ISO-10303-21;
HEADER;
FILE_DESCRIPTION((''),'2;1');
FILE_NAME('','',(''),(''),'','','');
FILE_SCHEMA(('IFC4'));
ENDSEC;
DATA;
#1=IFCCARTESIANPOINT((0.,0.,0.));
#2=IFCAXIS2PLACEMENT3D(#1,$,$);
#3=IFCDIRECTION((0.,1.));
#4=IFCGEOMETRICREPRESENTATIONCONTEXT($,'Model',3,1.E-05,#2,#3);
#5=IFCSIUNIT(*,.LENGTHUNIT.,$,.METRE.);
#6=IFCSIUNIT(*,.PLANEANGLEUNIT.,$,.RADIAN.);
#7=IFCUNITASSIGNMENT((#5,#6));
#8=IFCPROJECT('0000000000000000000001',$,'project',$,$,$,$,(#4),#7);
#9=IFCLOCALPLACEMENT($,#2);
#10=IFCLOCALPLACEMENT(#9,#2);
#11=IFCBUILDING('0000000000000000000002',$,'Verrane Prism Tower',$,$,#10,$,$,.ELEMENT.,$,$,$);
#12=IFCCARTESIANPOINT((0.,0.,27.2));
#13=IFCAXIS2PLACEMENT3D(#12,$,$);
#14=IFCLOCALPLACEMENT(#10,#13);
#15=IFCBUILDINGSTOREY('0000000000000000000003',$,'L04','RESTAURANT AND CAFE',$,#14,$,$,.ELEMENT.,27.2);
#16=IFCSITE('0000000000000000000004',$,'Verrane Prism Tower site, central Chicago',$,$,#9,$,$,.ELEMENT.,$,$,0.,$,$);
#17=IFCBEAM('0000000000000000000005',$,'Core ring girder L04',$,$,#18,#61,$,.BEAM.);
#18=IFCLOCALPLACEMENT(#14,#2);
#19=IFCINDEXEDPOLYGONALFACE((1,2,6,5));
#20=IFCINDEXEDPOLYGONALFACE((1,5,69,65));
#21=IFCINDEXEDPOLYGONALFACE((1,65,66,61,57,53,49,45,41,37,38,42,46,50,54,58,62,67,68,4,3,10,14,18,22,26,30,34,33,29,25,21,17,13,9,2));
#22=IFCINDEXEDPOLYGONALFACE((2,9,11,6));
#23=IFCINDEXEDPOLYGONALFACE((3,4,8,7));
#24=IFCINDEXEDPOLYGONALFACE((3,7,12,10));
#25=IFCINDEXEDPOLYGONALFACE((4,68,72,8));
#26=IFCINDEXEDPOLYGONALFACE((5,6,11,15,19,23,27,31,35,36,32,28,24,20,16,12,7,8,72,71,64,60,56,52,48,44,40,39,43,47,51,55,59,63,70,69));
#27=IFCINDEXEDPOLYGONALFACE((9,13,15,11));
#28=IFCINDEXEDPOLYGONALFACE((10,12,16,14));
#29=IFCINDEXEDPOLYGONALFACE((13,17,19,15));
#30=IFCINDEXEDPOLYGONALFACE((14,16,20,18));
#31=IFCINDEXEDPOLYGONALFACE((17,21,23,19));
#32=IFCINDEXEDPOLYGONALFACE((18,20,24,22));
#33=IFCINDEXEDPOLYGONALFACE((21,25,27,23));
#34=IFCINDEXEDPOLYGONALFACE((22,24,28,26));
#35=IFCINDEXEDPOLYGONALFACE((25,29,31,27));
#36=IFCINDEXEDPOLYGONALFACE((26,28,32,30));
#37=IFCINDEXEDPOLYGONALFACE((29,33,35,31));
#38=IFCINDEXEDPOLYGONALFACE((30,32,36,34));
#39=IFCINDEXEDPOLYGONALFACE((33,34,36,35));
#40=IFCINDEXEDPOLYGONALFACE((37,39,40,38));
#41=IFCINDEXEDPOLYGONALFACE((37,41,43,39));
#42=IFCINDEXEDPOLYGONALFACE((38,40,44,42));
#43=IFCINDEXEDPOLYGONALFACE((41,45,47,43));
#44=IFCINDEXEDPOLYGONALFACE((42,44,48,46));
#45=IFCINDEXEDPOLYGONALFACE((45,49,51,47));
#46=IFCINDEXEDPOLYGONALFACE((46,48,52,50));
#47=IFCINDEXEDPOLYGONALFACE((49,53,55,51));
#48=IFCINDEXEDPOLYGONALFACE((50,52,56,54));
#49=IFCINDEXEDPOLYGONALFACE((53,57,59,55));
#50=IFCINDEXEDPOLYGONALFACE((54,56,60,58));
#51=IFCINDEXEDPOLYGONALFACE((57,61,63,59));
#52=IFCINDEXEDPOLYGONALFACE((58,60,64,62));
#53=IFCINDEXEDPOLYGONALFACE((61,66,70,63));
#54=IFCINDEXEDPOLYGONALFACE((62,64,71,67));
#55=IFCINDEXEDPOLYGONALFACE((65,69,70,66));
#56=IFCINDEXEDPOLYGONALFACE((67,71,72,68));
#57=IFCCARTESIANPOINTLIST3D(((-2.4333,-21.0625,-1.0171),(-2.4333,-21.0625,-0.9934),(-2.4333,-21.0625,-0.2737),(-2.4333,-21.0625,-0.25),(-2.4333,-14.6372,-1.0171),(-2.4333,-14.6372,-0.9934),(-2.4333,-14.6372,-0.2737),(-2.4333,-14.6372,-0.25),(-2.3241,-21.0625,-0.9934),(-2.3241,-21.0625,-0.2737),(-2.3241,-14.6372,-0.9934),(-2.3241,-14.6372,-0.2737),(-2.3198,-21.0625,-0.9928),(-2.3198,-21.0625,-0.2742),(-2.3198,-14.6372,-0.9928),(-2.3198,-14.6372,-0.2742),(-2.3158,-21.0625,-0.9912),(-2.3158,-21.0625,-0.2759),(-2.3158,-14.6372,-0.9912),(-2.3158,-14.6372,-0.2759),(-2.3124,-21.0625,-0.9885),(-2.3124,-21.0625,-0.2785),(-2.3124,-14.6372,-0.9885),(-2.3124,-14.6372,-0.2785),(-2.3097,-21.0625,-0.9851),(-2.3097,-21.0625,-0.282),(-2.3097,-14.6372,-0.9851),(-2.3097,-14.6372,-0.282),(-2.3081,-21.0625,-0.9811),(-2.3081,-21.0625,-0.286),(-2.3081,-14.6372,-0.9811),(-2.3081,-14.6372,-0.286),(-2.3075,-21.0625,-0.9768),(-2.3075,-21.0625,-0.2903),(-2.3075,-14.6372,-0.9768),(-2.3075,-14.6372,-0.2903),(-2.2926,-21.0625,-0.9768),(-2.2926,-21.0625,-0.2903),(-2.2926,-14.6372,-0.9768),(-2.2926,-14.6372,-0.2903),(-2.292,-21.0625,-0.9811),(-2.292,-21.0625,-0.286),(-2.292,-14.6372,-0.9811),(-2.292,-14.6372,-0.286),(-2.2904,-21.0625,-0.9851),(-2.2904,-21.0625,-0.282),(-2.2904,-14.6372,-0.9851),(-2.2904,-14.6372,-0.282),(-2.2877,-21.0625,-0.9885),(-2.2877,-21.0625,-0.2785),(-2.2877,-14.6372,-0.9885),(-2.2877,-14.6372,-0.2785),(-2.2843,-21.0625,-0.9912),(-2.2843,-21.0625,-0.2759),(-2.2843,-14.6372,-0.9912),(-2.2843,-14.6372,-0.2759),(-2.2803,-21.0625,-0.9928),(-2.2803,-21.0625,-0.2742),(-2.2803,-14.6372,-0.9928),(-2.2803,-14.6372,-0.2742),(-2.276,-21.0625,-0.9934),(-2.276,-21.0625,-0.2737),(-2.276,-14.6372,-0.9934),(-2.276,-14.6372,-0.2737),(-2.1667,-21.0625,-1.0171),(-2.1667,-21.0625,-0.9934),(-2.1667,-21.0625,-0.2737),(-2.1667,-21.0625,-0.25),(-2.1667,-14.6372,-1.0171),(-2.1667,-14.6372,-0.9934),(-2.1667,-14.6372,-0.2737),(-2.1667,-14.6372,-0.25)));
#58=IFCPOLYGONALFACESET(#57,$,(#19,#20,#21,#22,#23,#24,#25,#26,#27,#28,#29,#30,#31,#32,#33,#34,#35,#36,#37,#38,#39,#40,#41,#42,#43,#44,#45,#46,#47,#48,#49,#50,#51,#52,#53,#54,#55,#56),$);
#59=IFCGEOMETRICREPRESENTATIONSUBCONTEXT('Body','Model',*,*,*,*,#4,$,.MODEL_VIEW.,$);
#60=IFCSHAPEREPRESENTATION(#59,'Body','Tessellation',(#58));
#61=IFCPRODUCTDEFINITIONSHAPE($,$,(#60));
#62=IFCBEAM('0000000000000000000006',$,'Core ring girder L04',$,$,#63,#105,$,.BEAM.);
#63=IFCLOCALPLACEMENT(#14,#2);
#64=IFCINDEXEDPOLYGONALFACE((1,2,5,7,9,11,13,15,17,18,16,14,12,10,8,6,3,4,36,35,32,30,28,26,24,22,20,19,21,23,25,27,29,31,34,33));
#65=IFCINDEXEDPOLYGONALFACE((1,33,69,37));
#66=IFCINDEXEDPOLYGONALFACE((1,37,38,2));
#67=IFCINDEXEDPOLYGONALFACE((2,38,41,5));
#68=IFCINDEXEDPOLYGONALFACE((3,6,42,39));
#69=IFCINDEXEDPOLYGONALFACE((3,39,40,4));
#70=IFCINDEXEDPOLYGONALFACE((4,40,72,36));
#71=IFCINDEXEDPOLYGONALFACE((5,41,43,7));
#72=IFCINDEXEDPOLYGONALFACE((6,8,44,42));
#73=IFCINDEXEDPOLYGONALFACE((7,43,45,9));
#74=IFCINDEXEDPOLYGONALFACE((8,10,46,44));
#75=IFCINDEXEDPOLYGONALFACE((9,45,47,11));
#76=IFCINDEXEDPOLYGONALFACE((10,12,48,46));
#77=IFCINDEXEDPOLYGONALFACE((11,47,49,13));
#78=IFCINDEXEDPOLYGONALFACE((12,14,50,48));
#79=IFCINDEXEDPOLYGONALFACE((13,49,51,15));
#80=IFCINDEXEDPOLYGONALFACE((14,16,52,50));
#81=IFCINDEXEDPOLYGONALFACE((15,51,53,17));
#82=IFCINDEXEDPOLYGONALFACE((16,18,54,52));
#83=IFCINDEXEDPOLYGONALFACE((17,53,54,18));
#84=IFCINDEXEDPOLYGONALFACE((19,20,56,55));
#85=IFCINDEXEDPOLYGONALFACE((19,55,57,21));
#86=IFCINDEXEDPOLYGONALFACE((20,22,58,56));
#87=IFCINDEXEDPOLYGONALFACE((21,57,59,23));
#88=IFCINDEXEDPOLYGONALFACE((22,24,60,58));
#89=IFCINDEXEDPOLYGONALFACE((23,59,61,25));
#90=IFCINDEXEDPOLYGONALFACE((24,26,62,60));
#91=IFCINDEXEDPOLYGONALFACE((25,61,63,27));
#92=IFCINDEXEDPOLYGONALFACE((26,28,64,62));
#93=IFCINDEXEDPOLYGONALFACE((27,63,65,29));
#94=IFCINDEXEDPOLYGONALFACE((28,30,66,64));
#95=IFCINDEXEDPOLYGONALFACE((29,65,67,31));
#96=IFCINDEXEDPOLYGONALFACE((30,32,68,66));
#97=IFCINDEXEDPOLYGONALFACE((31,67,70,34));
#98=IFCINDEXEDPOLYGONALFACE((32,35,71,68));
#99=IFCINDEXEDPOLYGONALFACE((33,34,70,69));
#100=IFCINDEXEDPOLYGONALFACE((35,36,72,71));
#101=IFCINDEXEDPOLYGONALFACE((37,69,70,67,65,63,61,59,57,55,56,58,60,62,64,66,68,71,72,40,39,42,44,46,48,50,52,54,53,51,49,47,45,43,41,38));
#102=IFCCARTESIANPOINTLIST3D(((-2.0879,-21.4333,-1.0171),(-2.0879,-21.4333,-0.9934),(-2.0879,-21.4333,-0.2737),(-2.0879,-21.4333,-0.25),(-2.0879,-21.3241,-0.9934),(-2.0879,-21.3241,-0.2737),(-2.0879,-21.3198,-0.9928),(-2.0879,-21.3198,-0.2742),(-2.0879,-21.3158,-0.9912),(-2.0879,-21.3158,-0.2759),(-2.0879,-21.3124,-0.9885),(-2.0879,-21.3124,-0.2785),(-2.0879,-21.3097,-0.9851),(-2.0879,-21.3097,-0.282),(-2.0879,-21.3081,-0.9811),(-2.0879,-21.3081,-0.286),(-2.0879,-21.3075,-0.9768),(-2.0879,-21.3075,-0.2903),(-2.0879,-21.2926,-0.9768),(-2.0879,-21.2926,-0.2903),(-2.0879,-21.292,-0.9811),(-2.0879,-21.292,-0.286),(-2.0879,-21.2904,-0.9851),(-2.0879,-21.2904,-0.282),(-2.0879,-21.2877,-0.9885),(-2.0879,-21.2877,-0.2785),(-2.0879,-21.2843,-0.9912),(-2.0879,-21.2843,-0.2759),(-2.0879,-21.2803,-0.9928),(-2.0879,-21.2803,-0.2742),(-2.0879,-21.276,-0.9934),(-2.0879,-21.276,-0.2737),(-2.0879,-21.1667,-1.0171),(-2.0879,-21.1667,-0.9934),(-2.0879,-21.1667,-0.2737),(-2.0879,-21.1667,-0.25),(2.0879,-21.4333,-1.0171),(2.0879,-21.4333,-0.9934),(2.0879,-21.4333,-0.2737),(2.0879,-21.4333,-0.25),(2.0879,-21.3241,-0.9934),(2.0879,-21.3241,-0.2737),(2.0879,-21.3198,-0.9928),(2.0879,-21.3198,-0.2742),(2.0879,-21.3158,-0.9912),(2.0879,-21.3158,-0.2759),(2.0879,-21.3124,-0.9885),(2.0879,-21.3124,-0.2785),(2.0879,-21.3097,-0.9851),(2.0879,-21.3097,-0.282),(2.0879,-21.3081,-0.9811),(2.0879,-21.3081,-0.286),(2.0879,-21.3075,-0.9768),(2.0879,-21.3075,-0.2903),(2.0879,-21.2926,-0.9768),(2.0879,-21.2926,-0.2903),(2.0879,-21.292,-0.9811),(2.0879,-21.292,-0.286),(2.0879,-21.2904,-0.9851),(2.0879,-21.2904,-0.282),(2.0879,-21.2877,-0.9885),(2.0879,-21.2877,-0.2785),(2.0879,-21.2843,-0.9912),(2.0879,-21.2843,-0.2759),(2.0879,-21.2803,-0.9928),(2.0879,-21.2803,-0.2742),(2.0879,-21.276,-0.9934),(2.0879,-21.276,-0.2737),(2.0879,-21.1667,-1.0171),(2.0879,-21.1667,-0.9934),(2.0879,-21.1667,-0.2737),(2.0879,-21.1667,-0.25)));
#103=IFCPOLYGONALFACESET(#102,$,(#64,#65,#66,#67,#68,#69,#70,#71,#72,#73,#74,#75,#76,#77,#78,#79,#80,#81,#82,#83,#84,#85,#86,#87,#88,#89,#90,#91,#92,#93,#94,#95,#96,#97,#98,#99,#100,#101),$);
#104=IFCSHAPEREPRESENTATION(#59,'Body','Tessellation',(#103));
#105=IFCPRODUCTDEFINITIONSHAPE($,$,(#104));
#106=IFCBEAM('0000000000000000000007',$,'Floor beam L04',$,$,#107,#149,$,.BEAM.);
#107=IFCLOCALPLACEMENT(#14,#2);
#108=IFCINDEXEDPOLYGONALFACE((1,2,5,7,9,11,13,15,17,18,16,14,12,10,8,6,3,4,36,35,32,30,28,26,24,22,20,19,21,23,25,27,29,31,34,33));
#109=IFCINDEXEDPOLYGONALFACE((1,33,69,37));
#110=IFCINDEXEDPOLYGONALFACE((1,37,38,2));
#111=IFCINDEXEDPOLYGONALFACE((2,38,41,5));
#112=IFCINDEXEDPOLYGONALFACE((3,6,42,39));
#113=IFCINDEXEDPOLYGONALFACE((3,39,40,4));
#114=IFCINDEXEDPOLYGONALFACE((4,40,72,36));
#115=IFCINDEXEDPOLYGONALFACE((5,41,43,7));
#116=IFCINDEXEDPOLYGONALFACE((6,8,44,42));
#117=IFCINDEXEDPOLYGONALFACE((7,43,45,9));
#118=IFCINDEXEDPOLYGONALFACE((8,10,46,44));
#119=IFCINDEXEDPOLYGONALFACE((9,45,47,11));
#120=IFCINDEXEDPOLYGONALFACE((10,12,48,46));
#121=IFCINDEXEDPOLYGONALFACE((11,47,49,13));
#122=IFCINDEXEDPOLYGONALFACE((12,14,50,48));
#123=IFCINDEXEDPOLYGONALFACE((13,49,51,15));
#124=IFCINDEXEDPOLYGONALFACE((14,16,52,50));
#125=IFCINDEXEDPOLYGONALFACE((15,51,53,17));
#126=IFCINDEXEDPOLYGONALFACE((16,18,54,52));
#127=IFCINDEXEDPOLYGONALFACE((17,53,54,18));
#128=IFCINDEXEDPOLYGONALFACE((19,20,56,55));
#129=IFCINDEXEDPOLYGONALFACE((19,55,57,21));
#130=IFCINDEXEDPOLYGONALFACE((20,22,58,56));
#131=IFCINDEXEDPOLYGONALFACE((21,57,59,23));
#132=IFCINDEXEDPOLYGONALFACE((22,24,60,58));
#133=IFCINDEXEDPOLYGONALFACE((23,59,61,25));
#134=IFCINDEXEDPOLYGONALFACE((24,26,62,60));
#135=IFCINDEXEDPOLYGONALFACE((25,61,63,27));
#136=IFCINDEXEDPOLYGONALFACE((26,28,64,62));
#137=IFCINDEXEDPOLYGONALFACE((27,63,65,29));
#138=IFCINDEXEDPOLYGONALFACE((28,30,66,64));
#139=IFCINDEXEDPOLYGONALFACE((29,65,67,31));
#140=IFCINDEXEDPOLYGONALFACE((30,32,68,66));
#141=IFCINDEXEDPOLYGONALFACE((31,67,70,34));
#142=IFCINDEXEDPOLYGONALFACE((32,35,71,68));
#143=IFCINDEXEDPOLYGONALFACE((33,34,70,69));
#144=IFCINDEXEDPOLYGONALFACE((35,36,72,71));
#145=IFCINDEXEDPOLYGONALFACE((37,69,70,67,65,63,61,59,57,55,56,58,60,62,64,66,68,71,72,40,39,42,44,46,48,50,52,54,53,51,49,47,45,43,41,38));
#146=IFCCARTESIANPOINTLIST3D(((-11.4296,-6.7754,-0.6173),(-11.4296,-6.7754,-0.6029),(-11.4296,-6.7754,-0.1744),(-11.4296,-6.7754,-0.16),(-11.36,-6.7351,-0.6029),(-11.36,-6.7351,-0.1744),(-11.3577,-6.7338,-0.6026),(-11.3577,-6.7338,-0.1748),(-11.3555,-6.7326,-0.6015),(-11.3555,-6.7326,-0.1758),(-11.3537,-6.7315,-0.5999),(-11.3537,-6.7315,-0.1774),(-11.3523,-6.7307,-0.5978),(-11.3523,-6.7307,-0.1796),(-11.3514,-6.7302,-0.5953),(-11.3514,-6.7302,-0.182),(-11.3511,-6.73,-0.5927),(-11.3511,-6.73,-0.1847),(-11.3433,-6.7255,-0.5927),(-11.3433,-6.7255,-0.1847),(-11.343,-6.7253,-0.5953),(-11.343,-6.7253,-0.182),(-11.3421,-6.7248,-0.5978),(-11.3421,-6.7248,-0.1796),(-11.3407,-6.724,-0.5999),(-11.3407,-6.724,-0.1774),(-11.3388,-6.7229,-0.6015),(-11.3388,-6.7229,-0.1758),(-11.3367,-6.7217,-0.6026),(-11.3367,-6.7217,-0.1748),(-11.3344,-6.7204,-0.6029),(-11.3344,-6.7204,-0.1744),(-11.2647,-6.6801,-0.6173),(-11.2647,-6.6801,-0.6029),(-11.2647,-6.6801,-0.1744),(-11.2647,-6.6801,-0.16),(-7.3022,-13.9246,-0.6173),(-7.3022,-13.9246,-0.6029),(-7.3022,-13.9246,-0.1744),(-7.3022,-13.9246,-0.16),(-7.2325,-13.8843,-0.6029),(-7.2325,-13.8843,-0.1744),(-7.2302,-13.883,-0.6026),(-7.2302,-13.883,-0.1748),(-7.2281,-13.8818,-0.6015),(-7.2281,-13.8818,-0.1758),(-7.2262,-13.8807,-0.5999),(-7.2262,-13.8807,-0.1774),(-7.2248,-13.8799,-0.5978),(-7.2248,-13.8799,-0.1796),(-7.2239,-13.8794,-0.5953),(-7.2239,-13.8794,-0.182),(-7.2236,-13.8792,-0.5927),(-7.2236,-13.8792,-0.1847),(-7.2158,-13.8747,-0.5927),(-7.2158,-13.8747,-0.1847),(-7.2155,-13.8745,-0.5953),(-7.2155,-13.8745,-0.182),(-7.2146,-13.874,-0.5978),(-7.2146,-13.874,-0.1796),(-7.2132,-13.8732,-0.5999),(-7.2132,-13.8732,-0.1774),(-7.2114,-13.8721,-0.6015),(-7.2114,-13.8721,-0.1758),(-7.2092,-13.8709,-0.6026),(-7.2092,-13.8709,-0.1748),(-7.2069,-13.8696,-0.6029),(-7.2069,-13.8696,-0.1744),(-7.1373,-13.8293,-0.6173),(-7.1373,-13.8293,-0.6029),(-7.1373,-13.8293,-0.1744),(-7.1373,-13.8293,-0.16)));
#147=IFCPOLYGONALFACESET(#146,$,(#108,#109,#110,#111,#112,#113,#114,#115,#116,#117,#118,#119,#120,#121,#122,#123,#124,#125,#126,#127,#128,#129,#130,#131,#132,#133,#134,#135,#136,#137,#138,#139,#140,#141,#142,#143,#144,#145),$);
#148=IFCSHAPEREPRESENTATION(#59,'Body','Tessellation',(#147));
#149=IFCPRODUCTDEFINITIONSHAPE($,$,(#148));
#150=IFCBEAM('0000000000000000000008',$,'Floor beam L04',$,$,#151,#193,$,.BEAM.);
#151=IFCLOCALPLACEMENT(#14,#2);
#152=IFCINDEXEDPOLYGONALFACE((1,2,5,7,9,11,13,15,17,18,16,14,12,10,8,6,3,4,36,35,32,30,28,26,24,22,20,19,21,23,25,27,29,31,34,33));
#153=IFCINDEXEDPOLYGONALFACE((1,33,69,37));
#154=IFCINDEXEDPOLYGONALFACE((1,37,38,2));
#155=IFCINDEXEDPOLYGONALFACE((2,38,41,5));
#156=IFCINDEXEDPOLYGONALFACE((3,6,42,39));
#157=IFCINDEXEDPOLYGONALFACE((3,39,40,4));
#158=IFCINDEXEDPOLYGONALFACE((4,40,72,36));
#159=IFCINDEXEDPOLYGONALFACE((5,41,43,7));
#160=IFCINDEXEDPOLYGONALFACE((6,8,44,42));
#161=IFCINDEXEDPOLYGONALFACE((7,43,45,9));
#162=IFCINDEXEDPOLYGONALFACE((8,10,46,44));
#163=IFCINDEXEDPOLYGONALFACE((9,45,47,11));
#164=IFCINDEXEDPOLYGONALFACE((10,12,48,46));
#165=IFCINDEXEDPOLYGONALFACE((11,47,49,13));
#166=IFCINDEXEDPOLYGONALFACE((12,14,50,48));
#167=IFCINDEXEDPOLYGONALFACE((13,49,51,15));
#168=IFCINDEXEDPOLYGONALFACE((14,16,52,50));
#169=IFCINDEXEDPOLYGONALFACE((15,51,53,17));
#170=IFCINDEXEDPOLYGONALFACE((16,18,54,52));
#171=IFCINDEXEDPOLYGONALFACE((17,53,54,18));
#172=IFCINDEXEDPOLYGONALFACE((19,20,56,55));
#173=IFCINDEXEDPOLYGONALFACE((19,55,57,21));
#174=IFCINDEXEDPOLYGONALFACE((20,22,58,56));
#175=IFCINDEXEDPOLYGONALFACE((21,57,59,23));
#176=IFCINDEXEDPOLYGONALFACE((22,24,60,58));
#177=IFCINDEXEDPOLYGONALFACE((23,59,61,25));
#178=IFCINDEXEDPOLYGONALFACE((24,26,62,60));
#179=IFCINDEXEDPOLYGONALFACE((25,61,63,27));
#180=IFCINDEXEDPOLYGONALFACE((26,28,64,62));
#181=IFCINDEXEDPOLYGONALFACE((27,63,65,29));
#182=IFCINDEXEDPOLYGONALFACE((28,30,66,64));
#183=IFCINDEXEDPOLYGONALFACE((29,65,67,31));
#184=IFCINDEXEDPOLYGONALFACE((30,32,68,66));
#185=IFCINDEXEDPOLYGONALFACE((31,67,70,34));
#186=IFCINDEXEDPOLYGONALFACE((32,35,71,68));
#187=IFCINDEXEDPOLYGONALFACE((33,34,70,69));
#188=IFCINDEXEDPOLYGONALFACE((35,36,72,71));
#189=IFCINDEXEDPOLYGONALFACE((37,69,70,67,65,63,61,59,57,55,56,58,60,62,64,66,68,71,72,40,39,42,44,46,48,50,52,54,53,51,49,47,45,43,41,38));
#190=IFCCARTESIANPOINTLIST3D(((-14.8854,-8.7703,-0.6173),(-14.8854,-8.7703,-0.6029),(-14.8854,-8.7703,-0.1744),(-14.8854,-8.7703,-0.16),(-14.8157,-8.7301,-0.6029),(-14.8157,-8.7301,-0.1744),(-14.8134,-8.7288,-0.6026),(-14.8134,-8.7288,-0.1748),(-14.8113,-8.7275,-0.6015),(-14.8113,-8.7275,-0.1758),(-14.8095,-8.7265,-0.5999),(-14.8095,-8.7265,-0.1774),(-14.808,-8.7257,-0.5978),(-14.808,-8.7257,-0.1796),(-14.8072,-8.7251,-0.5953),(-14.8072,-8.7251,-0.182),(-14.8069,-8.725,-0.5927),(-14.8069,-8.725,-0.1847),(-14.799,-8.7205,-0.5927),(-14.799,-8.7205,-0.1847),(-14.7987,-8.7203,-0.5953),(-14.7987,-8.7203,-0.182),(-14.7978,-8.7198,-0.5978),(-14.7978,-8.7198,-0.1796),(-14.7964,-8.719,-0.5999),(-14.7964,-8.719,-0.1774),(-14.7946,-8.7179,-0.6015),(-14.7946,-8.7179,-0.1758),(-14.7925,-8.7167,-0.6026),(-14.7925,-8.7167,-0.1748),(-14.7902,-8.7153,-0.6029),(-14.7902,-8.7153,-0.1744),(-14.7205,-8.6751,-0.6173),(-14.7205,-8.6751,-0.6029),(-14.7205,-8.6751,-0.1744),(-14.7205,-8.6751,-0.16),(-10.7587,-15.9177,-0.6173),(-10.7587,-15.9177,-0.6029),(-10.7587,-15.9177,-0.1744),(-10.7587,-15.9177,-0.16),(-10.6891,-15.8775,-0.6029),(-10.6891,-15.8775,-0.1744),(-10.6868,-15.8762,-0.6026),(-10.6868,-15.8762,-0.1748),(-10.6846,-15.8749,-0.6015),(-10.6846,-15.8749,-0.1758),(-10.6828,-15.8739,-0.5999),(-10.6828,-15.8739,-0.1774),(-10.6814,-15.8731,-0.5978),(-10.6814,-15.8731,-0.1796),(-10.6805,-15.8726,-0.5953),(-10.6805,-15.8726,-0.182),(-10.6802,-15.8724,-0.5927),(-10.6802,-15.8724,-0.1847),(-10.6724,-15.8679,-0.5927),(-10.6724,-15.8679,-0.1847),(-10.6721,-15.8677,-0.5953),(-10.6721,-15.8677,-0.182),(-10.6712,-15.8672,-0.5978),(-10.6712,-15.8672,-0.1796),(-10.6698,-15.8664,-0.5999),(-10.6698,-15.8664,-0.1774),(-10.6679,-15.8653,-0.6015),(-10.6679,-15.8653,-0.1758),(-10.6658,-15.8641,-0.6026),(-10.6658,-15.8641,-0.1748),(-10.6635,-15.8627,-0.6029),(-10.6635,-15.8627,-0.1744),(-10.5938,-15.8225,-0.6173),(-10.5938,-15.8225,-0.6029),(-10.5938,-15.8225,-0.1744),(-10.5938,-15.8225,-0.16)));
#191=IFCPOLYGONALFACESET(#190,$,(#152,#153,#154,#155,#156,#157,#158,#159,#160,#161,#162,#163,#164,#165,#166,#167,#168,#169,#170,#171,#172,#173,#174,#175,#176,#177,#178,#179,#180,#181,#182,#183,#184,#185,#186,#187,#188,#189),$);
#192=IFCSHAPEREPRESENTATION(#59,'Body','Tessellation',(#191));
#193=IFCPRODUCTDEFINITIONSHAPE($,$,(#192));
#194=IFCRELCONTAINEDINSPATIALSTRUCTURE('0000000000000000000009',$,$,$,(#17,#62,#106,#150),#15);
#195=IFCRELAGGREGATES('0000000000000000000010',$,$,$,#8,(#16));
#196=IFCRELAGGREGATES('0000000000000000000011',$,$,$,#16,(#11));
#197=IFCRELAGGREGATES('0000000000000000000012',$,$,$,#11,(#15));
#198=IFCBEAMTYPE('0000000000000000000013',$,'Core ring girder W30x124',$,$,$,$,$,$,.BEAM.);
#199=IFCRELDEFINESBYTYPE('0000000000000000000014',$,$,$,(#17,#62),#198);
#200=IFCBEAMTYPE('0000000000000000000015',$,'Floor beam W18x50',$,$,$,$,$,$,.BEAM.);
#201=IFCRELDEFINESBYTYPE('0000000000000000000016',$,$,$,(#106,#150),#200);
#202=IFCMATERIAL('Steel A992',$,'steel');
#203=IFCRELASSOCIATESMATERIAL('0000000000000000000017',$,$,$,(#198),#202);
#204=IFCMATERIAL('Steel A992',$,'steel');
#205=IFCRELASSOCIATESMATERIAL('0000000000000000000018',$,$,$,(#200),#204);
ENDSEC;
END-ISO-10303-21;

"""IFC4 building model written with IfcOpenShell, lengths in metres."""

from ifc_helpers import new_model, si_unit, direction, frame, origin, origin_2d, place, context, subcontext, project, spatial, i_section, extrude, material, material_profile, profile_set, type_object, element, save


model = new_model("IFC4")

# Units and contexts
model_context = context("Model", 3, precision=1e-05, world=origin(), true_north=direction((0.0, 1.0)))
body_context = subcontext(model_context, "Body", "Model", "MODEL_VIEW")
ifc_project = project(units=[si_unit("LENGTHUNIT", "METRE"), si_unit("PLANEANGLEUNIT", "RADIAN")], contexts=[model_context])

# Site, building, storey
site_placement = place(None, origin())
site = spatial("IfcSite", under=ifc_project, at=site_placement, Name="Verrane Prism Tower site, central Chicago", CompositionType="ELEMENT", RefElevation=0.0)
building_placement = place(site_placement, origin())
building = spatial("IfcBuilding", under=site, at=building_placement, Name="Verrane Prism Tower", CompositionType="ELEMENT")
storey_placement = place(building_placement, frame((0.0, 0.0, 27.2)))
storey = spatial("IfcBuildingStorey", under=building, at=storey_placement, Name="L04", Description="RESTAURANT AND CAFE", CompositionType="ELEMENT", Elevation=27.2)

# Beams
ifc_material_1 = material(Name="Steel A992", Category="steel")
ifc_material_profile_1 = material_profile(ifc_material_1, i_section(OverallWidth=0.2666, OverallDepth=0.7671, WebThickness=0.0149, FlangeThickness=0.0237, FilletRadius=0.0166, at=origin_2d()), Name="W30x124")
ifc_profile_set_1 = profile_set([ifc_material_profile_1], Name="Steel A992")
beam_type_1 = type_object("IfcBeamType", Name="Core ring girder W30x124", PredefinedType="BEAM", material=ifc_profile_set_1)
beam_1_placement = place(storey_placement, frame((-2.3, -14.6372, -0.6335), z_axis=(0.0, -1.0, 0.0), x_axis=(1.0, 0.0, 0.0)))
element("IfcBeam", 1, at=beam_1_placement, inside=storey, type_object=beam_type_1, Name="Core ring girder L04", PredefinedType="BEAM", context=body_context, shape_type="SweptSolid", body=[
    extrude(i_section(OverallWidth=0.2666, OverallDepth=0.7671, WebThickness=0.0149, FlangeThickness=0.0237, FilletRadius=0.0166, at=origin_2d()), origin(), (0.0, 0.0, 1.0), 6.4253),
])
beam_2_placement = place(storey_placement, frame((-2.0879, -21.3, -0.6335), z_axis=(1.0, 0.0, 0.0), x_axis=(0.0, 1.0, 0.0)))
element("IfcBeam", 2, at=beam_2_placement, inside=storey, type_object=beam_type_1, Name="Core ring girder L04", PredefinedType="BEAM", context=body_context, shape_type="SweptSolid", body=[
    extrude(i_section(OverallWidth=0.2666, OverallDepth=0.7671, WebThickness=0.0149, FlangeThickness=0.0237, FilletRadius=0.0166, at=origin_2d()), origin(), (0.0, 0.0, 1.0), 4.1758),
])
ifc_material_2 = material(Name="Steel A992", Category="steel")
ifc_material_profile_2 = material_profile(ifc_material_2, i_section(OverallWidth=0.1904, OverallDepth=0.4573, WebThickness=0.009, FlangeThickness=0.0144, FilletRadius=0.0103, at=origin_2d()), Name="W18x50")
ifc_profile_set_2 = profile_set([ifc_material_profile_2], Name="Steel A992")
beam_type_2 = type_object("IfcBeamType", Name="Floor beam W18x50", PredefinedType="BEAM", material=ifc_profile_set_2)
beam_3_placement = place(storey_placement, frame((-7.2197, -13.877, -0.3887), z_axis=(-0.499988, 0.866032, 0.0), x_axis=(-0.866032, -0.499988, 0.0)))
element("IfcBeam", 3, at=beam_3_placement, inside=storey, type_object=beam_type_2, Name="Floor beam L04", PredefinedType="BEAM", context=body_context, shape_type="SweptSolid", body=[
    extrude(i_section(OverallWidth=0.1904, OverallDepth=0.4573, WebThickness=0.009, FlangeThickness=0.0144, FilletRadius=0.0103, at=origin_2d()), origin(), (0.0, 0.0, 1.0), 8.2551),
])
beam_4_placement = place(storey_placement, frame((-10.6763, -15.8701, -0.3887), z_axis=(-0.500011, 0.866019, 0.0), x_axis=(-0.866019, -0.500011, 0.0)))
element("IfcBeam", 4, at=beam_4_placement, inside=storey, type_object=beam_type_2, Name="Floor beam L04", PredefinedType="BEAM", context=body_context, shape_type="SweptSolid", body=[
    extrude(i_section(OverallWidth=0.1904, OverallDepth=0.4573, WebThickness=0.009, FlangeThickness=0.0144, FilletRadius=0.0103, at=origin_2d()), origin(), (0.0, 0.0, 1.0), 8.2532),
])

save(model, "model.ifc")
